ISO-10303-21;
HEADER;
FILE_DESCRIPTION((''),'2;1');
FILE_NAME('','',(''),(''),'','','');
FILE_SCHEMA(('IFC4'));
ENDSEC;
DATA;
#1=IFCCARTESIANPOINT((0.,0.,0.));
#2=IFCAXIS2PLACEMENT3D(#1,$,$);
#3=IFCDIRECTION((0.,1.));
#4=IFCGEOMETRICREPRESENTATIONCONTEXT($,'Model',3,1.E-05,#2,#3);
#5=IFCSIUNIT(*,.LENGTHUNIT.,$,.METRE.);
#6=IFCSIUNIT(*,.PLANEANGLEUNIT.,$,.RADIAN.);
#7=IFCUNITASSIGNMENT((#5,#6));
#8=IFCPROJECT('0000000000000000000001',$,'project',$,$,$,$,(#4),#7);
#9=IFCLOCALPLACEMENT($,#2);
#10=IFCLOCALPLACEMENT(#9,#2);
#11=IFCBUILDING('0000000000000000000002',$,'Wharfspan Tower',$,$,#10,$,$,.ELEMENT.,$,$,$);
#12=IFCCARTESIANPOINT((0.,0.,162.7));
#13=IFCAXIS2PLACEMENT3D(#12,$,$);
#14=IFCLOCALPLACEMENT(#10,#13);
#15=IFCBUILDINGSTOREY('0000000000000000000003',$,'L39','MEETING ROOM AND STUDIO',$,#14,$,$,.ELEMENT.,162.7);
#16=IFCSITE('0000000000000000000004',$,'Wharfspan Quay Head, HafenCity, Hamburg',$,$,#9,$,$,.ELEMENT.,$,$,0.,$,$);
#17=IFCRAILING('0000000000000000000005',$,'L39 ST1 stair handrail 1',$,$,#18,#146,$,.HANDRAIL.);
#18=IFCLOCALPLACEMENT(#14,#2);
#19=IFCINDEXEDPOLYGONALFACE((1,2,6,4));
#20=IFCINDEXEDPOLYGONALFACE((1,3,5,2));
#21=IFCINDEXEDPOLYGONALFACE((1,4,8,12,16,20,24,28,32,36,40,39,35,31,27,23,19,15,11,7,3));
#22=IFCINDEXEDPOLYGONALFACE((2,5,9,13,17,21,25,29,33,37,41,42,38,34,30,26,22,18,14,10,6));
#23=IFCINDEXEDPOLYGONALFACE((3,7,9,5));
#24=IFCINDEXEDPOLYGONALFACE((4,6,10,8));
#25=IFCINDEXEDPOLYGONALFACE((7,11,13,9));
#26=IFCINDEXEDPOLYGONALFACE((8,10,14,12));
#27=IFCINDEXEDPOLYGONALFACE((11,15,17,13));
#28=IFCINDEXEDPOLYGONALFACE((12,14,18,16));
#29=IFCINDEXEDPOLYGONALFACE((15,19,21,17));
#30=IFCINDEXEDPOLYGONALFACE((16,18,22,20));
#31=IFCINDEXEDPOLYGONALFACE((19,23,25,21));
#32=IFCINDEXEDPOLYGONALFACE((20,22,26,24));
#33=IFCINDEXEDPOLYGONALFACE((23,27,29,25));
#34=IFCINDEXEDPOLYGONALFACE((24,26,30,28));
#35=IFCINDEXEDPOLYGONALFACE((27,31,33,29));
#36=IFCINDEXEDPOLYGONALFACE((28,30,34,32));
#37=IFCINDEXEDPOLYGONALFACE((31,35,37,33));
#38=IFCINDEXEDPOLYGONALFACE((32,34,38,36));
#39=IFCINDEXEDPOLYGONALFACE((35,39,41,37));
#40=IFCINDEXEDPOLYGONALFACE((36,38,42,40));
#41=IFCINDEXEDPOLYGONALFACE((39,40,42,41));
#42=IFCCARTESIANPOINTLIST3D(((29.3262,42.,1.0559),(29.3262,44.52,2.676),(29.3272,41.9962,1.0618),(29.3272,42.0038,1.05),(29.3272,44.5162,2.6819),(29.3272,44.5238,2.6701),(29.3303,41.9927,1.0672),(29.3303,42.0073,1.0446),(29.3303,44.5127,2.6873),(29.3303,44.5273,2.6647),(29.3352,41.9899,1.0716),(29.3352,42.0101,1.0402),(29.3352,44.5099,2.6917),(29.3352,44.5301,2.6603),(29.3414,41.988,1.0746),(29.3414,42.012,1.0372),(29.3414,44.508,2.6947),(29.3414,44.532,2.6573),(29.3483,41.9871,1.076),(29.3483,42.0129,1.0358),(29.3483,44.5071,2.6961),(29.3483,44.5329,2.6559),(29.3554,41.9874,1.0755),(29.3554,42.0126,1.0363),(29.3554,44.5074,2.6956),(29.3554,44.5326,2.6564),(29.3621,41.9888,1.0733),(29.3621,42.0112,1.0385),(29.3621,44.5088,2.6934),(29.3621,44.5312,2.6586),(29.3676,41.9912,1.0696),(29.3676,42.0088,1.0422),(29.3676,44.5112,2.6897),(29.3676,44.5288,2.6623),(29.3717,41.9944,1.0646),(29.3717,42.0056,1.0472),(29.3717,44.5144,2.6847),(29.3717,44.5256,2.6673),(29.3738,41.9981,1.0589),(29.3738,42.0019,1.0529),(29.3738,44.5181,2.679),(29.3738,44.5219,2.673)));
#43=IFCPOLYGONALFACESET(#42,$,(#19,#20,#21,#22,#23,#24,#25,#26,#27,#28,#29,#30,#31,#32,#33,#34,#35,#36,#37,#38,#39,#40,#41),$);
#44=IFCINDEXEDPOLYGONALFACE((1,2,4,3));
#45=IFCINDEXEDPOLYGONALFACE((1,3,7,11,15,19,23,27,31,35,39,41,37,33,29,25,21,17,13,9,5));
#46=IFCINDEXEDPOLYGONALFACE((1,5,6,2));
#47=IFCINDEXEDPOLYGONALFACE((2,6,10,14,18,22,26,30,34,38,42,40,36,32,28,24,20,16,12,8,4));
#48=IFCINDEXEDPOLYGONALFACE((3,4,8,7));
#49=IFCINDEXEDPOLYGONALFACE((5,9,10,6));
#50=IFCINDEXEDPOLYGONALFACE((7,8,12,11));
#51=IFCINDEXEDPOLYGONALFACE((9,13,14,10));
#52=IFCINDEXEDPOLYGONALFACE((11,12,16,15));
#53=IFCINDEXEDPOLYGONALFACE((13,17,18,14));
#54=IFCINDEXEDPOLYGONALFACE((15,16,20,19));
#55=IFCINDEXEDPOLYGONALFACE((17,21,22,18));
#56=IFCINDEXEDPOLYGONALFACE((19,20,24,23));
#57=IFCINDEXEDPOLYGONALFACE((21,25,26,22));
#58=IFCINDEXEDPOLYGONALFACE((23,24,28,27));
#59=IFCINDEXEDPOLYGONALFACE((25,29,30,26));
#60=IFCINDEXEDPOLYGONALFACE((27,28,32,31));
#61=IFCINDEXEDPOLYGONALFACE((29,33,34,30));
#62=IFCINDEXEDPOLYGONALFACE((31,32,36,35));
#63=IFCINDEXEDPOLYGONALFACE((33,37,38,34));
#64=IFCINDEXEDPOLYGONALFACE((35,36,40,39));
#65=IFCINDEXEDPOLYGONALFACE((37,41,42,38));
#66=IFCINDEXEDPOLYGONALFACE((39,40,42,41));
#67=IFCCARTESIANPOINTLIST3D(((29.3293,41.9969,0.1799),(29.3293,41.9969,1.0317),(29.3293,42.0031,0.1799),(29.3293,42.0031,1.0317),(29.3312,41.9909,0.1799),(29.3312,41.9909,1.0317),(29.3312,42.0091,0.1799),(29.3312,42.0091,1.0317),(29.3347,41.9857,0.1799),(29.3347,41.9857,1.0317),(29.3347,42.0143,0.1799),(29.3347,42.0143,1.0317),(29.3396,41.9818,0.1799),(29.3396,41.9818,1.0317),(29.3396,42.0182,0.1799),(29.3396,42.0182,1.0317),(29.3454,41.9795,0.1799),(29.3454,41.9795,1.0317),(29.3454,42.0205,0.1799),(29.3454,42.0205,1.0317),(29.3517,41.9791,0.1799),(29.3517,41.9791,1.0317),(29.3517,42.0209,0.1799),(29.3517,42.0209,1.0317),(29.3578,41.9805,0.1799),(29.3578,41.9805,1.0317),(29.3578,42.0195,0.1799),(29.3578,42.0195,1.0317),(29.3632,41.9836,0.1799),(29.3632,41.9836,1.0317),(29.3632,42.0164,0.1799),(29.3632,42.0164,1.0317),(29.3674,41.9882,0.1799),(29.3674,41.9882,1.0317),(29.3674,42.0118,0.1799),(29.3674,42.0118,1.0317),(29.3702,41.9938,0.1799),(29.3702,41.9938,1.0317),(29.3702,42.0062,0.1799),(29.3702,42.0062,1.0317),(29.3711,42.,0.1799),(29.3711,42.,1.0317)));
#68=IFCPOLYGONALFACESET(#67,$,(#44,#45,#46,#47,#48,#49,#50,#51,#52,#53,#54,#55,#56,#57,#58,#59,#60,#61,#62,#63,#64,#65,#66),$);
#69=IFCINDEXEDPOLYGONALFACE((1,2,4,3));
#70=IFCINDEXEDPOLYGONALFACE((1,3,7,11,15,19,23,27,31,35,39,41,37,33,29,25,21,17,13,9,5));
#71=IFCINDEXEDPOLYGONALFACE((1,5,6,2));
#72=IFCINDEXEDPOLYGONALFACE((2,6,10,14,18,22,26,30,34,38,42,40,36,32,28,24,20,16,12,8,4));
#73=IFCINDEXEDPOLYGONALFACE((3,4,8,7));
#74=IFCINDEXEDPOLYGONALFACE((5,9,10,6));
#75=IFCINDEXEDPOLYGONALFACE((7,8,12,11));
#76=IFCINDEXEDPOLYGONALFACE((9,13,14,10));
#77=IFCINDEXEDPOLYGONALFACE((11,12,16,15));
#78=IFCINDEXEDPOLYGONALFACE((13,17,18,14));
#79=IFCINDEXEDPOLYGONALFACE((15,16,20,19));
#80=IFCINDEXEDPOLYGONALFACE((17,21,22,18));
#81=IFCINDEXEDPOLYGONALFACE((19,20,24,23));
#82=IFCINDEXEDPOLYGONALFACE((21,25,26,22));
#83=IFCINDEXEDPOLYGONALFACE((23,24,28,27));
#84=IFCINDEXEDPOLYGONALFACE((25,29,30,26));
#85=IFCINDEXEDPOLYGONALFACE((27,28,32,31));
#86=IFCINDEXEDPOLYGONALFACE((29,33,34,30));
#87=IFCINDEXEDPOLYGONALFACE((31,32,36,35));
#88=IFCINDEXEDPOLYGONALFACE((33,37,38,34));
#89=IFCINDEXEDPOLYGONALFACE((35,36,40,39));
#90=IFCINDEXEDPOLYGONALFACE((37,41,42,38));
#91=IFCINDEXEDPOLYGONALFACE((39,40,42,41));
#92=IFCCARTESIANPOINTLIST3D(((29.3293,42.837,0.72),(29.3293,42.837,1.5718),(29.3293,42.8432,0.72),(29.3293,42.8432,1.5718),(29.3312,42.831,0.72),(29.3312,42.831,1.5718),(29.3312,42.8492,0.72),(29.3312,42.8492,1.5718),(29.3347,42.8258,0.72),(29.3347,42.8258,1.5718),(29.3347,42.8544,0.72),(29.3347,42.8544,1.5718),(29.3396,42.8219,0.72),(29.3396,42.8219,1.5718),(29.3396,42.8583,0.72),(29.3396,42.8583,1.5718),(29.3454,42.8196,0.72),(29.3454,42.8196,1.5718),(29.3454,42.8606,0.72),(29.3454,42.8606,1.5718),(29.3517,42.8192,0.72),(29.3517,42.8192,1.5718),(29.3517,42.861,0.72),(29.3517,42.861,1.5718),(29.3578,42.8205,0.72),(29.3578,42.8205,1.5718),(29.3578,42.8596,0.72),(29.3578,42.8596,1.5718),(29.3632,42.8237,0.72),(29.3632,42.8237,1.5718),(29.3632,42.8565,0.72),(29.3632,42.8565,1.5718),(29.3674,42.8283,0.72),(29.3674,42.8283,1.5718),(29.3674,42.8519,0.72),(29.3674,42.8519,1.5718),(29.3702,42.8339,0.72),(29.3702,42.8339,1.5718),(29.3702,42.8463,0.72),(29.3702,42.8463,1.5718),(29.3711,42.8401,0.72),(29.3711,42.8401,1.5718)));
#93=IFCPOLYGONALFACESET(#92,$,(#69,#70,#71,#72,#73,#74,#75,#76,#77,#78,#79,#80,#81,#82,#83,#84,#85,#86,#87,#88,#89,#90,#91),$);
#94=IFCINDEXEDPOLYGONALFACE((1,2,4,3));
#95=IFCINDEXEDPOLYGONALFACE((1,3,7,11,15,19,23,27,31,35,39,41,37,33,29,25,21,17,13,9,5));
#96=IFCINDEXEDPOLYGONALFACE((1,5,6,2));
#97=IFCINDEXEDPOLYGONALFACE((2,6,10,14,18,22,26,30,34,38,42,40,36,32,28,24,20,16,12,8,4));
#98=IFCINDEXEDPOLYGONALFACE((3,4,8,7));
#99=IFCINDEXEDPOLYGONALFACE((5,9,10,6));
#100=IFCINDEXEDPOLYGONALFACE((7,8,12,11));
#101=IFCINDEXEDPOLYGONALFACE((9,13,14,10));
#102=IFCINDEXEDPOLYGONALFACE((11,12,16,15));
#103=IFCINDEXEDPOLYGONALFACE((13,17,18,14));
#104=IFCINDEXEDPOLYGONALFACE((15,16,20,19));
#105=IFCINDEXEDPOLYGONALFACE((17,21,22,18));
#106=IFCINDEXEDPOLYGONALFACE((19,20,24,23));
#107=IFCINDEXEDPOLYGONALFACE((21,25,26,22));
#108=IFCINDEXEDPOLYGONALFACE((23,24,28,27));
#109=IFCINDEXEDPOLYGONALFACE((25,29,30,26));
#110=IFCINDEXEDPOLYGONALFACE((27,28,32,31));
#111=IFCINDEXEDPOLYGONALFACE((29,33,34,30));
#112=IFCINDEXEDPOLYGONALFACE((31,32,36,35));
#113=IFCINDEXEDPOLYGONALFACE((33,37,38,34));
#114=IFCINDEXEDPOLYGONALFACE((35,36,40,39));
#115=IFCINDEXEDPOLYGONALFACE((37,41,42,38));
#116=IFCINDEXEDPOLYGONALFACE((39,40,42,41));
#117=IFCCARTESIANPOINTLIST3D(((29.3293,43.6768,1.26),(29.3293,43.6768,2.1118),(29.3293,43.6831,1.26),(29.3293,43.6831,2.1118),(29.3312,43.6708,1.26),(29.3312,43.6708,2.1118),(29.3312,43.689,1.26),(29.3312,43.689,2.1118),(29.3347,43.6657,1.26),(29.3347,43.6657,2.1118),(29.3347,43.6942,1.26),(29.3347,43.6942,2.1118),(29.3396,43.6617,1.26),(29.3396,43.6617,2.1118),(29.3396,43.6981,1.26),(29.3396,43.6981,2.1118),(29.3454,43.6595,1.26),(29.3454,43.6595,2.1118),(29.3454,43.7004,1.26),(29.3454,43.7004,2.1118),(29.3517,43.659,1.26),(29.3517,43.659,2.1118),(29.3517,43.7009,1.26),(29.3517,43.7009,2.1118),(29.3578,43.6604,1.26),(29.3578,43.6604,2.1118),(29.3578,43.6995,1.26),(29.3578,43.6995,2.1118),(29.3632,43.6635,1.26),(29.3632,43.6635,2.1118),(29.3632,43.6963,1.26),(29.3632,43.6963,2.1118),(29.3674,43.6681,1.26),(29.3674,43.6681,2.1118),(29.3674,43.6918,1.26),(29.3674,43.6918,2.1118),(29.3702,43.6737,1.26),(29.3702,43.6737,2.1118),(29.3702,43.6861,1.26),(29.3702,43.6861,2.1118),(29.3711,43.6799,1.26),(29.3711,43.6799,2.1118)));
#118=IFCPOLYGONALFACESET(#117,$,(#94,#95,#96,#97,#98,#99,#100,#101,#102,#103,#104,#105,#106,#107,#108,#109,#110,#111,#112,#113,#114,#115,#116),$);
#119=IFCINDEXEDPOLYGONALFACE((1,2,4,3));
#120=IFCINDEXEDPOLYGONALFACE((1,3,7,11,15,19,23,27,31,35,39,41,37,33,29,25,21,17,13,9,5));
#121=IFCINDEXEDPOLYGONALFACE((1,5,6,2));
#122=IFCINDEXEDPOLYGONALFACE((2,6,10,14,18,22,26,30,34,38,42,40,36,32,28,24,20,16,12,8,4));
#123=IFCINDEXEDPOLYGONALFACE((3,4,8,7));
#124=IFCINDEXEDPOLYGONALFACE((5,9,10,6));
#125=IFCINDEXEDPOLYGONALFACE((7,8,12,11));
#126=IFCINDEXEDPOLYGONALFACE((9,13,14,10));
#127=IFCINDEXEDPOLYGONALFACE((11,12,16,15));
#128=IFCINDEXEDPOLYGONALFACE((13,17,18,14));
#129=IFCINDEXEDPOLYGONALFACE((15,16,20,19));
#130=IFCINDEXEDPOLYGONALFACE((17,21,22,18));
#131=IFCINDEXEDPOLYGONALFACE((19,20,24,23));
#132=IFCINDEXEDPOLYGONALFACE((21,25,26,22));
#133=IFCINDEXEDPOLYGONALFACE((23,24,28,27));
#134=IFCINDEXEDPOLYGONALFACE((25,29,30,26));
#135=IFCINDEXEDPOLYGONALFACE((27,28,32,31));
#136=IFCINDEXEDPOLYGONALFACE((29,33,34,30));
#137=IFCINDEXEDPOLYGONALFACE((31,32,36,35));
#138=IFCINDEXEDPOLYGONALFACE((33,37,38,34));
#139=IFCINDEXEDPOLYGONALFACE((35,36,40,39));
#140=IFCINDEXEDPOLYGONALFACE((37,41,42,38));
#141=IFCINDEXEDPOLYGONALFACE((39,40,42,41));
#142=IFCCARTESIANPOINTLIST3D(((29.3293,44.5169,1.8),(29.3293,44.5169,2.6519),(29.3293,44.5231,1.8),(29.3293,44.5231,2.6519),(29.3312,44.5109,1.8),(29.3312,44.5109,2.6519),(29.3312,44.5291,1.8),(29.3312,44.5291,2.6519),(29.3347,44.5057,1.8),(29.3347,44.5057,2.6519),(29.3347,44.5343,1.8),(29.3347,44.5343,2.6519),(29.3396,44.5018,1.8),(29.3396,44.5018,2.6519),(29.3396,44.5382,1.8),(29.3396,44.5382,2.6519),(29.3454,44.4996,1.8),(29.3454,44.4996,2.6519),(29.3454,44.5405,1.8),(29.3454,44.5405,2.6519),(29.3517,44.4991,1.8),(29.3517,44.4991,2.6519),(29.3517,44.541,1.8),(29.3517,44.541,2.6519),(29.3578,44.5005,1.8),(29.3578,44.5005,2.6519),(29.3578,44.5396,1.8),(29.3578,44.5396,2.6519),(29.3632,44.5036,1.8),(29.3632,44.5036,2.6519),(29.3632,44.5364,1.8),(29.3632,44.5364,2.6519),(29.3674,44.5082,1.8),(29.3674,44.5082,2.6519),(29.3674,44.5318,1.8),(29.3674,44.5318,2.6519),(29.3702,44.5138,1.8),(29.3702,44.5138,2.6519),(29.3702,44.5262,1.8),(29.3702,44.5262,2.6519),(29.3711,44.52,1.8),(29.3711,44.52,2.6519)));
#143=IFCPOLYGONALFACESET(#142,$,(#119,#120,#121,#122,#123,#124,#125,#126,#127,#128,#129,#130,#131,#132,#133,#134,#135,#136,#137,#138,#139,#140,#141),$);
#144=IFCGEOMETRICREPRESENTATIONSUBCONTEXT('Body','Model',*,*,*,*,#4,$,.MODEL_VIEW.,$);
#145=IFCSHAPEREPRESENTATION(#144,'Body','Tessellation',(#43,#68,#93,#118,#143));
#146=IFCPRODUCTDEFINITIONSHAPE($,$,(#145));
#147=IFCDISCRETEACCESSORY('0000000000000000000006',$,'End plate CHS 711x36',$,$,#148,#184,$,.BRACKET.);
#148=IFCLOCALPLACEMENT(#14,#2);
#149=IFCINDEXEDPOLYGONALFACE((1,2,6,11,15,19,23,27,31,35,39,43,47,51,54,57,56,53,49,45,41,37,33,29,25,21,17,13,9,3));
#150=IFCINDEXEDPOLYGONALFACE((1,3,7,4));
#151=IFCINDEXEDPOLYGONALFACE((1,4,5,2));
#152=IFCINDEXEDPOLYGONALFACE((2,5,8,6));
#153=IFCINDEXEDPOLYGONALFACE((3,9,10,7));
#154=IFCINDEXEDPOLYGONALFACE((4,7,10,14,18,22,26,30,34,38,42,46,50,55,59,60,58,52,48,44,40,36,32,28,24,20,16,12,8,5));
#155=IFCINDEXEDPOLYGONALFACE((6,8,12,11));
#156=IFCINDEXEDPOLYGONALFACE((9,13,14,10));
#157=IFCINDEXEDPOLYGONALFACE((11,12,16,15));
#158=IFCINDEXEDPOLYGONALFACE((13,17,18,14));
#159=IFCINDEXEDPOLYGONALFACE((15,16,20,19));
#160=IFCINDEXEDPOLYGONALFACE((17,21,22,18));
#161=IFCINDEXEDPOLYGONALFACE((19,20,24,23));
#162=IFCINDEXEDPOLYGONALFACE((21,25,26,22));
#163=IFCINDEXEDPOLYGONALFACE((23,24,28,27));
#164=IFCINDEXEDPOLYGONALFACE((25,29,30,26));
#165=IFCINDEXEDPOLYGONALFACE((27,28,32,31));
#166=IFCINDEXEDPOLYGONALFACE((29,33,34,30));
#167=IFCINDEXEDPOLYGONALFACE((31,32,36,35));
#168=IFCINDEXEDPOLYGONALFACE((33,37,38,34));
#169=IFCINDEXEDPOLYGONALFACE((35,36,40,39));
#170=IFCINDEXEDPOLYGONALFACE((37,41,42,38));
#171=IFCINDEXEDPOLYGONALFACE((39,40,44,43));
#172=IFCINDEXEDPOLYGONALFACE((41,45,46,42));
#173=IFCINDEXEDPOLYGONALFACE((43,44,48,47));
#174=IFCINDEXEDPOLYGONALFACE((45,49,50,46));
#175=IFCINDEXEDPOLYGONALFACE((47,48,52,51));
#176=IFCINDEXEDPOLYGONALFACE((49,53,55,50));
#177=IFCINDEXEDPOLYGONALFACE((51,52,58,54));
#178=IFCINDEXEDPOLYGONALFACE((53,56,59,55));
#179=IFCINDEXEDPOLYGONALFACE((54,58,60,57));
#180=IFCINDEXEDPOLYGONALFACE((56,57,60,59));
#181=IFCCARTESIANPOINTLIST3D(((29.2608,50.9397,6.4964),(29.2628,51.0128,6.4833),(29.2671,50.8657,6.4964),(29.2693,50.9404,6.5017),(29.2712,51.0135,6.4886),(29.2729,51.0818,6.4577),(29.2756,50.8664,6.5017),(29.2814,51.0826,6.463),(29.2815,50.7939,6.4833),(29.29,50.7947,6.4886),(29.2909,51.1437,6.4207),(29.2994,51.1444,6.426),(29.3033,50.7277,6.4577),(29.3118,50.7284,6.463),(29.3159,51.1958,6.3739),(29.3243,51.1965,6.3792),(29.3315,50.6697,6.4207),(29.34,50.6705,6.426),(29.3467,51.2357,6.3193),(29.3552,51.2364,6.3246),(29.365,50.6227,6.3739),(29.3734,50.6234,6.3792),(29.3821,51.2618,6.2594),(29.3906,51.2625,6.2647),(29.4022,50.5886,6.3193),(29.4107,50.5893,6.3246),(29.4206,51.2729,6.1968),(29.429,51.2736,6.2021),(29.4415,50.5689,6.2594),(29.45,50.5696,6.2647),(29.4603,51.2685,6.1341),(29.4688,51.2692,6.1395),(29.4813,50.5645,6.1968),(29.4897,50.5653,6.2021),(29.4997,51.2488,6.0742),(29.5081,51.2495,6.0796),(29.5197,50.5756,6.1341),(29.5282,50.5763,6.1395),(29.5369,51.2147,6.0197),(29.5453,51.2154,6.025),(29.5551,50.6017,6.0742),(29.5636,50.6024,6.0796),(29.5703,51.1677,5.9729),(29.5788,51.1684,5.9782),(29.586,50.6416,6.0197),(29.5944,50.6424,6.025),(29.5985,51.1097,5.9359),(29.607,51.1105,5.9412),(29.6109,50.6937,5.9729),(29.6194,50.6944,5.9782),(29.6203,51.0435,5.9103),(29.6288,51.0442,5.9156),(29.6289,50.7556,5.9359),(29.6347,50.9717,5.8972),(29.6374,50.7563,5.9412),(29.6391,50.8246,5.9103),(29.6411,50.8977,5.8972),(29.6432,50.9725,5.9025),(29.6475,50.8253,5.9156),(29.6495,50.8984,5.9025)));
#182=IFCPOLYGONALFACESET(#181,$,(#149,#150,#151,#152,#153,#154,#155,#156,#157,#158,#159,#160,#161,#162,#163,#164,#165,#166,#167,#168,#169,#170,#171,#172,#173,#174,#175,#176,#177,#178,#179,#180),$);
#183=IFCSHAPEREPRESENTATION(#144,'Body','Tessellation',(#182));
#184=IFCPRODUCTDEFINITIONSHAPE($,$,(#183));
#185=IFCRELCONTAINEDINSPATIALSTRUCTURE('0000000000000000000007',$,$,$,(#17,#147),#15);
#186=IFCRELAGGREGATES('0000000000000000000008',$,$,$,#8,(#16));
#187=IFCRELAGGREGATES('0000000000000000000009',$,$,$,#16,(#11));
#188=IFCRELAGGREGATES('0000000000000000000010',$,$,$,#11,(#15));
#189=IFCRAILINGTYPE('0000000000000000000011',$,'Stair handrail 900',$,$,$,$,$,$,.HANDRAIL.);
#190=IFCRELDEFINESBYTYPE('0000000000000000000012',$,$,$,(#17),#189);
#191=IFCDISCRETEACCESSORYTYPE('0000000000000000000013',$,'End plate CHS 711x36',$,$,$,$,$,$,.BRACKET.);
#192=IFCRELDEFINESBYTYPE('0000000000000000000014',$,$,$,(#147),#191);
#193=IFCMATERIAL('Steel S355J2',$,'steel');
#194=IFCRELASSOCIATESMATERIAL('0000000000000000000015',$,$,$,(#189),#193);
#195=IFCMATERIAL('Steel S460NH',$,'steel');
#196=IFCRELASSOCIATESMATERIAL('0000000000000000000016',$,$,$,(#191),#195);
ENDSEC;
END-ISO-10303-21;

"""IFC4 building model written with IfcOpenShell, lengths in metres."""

from ifc_helpers import new_model, si_unit, direction, frame, origin, origin_2d, place, context, subcontext, project, spatial, circle, extrude, material, material_profile, profile_set, type_object, element, save


model = new_model("IFC4")

# Units and contexts
model_context = context("Model", 3, precision=1e-05, world=origin(), true_north=direction((0.0, 1.0)))
body_context = subcontext(model_context, "Body", "Model", "MODEL_VIEW")
ifc_project = project(units=[si_unit("LENGTHUNIT", "METRE"), si_unit("PLANEANGLEUNIT", "RADIAN")], contexts=[model_context])

# Site, building, storey
site_placement = place(None, origin())
site = spatial("IfcSite", under=ifc_project, at=site_placement, Name="Wharfspan Quay Head, HafenCity, Hamburg", CompositionType="ELEMENT", RefElevation=0.0)
building_placement = place(site_placement, origin())
building = spatial("IfcBuilding", under=site, at=building_placement, Name="Wharfspan Tower", CompositionType="ELEMENT")
storey_placement = place(building_placement, frame((0.0, 0.0, 162.7)))
storey = spatial("IfcBuildingStorey", under=building, at=storey_placement, Name="L39", Description="MEETING ROOM AND STUDIO", CompositionType="ELEMENT", Elevation=162.7)

# Shared definitions
ifc_material_1 = material(Name="Steel S355J2", Category="steel")

# Shared definitions
ifc_material_2 = material(Name="Steel S460NH", Category="steel")

# Railing
railing_type_1 = type_object("IfcRailingType", Name="Stair handrail 900", PredefinedType="HANDRAIL", material=ifc_material_1)
railing_1_placement = place(storey_placement, frame((29.3501, 42.0, 0.1799)))
element("IfcRailing", 1, at=railing_1_placement, inside=storey, type_object=railing_type_1, Name="L39 ST1 stair handrail 1", PredefinedType="HANDRAIL", context=body_context, shape_type="SweptSolid", body=[
    extrude(circle(Radius=0.0239, at=origin_2d()), frame((0.0, 0.0, 0.876), z_axis=(0.0, 0.841163, 0.540782), x_axis=(-1.0, 0.0, 0.0)), (0.0, 0.0, 1.0), 2.9958),
    extrude(circle(Radius=0.021, at=origin_2d()), origin(), (0.0, 0.0, 1.0), 0.8518),
    extrude(circle(Radius=0.021, at=origin_2d()), frame((0.0, 0.8401, 0.54)), (0.0, 0.0, 1.0), 0.8518),
    extrude(circle(Radius=0.021, at=origin_2d()), frame((0.0, 1.6799, 1.0801)), (0.0, 0.0, 1.0), 0.8518),
    extrude(circle(Radius=0.021, at=origin_2d()), frame((0.0, 2.52, 1.6201)), (0.0, 0.0, 1.0), 0.8518),
])

# Discrete accessory
ifc_material_profile_1 = material_profile(ifc_material_2, circle(Radius=0.3555, at=origin_2d()))
ifc_profile_set_1 = profile_set([ifc_material_profile_1], Name="Steel S460NH")
discrete_accessory_type = type_object("IfcDiscreteAccessoryType", Name="End plate CHS 711x36", PredefinedType="BRACKET", material=ifc_profile_set_1)
for number, where, z_axis, x_axis, name in (
    (2, (29.4509, 50.9187, 6.1968), (0.844416, 0.072379, 0.530776), (-0.085402, 0.99635, 0.0), "End plate CHS 711x36"),
):
    element("IfcDiscreteAccessory", number, at=place(storey_placement, frame(where, z_axis=z_axis, x_axis=x_axis)), inside=storey, type_object=discrete_accessory_type, Name=name, PredefinedType="BRACKET", context=body_context, shape_type="SweptSolid", body=[
        extrude(circle(Radius=0.3555, at=origin_2d()), origin(), (0.0, 0.0, 1.0), 0.01),
    ])

save(model, "model.ifc")
